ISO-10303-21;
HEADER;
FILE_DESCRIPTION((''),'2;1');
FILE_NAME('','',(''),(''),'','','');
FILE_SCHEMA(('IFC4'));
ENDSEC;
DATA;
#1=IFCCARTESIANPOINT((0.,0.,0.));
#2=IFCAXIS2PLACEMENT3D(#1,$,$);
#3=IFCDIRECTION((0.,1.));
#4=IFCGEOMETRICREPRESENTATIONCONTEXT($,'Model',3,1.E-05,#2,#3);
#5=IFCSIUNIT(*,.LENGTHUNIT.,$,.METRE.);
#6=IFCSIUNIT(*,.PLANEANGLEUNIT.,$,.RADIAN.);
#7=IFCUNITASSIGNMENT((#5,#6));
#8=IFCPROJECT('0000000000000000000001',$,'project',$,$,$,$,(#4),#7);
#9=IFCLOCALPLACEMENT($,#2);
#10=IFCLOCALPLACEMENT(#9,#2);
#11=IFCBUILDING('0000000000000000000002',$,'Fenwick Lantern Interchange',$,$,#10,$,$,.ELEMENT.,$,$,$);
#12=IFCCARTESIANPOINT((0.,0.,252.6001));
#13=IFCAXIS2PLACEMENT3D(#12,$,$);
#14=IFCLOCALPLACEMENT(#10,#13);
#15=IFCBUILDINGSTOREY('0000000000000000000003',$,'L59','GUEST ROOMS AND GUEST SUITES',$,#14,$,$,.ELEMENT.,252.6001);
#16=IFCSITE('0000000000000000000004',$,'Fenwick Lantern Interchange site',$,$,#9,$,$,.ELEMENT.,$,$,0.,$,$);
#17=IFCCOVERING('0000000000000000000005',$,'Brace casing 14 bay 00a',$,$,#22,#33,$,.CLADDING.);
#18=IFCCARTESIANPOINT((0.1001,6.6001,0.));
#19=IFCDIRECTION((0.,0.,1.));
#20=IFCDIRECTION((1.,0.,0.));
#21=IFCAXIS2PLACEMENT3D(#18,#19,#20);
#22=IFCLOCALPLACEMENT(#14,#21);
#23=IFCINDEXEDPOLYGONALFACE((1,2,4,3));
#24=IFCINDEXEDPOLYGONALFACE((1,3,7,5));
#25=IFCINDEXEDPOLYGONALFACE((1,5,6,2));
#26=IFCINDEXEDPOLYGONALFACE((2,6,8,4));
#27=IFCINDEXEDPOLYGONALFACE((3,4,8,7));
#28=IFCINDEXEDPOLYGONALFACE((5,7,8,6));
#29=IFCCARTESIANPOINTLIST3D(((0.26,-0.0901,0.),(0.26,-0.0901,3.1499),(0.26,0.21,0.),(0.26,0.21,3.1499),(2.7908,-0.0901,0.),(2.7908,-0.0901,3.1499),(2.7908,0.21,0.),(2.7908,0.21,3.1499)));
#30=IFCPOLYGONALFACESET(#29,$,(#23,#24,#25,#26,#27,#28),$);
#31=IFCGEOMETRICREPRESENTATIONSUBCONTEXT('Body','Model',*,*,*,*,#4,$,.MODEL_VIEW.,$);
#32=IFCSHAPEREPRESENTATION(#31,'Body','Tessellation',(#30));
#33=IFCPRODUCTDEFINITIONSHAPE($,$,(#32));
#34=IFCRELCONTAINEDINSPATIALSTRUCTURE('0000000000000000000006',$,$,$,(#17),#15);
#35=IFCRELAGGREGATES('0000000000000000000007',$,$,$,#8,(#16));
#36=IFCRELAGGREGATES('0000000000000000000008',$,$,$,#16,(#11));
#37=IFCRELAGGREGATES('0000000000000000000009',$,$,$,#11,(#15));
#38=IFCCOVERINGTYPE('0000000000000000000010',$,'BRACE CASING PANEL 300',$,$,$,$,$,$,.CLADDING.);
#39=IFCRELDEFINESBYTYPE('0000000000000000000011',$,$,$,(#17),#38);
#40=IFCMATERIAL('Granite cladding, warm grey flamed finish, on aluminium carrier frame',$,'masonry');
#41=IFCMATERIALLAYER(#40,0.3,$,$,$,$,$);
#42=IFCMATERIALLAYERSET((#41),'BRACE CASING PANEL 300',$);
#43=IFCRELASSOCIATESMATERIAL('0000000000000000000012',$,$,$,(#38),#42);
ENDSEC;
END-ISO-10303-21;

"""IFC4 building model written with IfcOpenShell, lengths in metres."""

from ifc_helpers import new_model, si_unit, direction, frame, origin, place, context, subcontext, project, spatial, polyline, outline, extrude, material, layer, layer_set, type_object, element, save


model = new_model("IFC4")

# Units and contexts
model_context = context("Model", 3, precision=1e-05, world=origin(), true_north=direction((0.0, 1.0)))
body_context = subcontext(model_context, "Body", "Model", "MODEL_VIEW")
ifc_project = project(units=[si_unit("LENGTHUNIT", "METRE"), si_unit("PLANEANGLEUNIT", "RADIAN")], contexts=[model_context])

# Site, building, storey
site_placement = place(None, origin())
site = spatial("IfcSite", under=ifc_project, at=site_placement, Name="Fenwick Lantern Interchange site", CompositionType="ELEMENT", RefElevation=0.0)
building_placement = place(site_placement, origin())
building = spatial("IfcBuilding", under=site, at=building_placement, Name="Fenwick Lantern Interchange", CompositionType="ELEMENT")
storey_placement = place(building_placement, frame((0.0, 0.0, 252.6001)))
storey = spatial("IfcBuildingStorey", under=building, at=storey_placement, Name="L59", Description="GUEST ROOMS AND GUEST SUITES", CompositionType="ELEMENT", Elevation=252.6001)

# Covering
ifc_material_1 = material(Name="Granite cladding, warm grey flamed finish, on aluminium carrier frame", Category="masonry")
ifc_layer_1 = layer(ifc_material_1, 0.3)
ifc_layer_set_1 = layer_set([ifc_layer_1], Name="BRACE CASING PANEL 300")
covering_type = type_object("IfcCoveringType", Name="BRACE CASING PANEL 300", PredefinedType="CLADDING", material=ifc_layer_set_1)
covering_placement = place(storey_placement, frame((0.1001, 6.6001, 0.0), z_axis=(0.0, 0.0, 1.0), x_axis=(1.0, 0.0, 0.0)))
element("IfcCovering", 1, at=covering_placement, inside=storey, type_object=covering_type, Name="Brace casing 14 bay 00a", PredefinedType="CLADDING", context=body_context, shape_type="SweptSolid", body=[
    extrude(outline(polyline([(0.26, 0.0), (2.7908, 0.0), (2.7908, 3.1499), (0.26, 3.1499), (0.26, 0.0)])), frame((0.0, 0.21, 0.0), z_axis=(0.0, -1.0, 0.0), x_axis=(1.0, 0.0, 0.0)), (0.0, 0.0, 1.0), 0.3),
])

save(model, "model.ifc")
